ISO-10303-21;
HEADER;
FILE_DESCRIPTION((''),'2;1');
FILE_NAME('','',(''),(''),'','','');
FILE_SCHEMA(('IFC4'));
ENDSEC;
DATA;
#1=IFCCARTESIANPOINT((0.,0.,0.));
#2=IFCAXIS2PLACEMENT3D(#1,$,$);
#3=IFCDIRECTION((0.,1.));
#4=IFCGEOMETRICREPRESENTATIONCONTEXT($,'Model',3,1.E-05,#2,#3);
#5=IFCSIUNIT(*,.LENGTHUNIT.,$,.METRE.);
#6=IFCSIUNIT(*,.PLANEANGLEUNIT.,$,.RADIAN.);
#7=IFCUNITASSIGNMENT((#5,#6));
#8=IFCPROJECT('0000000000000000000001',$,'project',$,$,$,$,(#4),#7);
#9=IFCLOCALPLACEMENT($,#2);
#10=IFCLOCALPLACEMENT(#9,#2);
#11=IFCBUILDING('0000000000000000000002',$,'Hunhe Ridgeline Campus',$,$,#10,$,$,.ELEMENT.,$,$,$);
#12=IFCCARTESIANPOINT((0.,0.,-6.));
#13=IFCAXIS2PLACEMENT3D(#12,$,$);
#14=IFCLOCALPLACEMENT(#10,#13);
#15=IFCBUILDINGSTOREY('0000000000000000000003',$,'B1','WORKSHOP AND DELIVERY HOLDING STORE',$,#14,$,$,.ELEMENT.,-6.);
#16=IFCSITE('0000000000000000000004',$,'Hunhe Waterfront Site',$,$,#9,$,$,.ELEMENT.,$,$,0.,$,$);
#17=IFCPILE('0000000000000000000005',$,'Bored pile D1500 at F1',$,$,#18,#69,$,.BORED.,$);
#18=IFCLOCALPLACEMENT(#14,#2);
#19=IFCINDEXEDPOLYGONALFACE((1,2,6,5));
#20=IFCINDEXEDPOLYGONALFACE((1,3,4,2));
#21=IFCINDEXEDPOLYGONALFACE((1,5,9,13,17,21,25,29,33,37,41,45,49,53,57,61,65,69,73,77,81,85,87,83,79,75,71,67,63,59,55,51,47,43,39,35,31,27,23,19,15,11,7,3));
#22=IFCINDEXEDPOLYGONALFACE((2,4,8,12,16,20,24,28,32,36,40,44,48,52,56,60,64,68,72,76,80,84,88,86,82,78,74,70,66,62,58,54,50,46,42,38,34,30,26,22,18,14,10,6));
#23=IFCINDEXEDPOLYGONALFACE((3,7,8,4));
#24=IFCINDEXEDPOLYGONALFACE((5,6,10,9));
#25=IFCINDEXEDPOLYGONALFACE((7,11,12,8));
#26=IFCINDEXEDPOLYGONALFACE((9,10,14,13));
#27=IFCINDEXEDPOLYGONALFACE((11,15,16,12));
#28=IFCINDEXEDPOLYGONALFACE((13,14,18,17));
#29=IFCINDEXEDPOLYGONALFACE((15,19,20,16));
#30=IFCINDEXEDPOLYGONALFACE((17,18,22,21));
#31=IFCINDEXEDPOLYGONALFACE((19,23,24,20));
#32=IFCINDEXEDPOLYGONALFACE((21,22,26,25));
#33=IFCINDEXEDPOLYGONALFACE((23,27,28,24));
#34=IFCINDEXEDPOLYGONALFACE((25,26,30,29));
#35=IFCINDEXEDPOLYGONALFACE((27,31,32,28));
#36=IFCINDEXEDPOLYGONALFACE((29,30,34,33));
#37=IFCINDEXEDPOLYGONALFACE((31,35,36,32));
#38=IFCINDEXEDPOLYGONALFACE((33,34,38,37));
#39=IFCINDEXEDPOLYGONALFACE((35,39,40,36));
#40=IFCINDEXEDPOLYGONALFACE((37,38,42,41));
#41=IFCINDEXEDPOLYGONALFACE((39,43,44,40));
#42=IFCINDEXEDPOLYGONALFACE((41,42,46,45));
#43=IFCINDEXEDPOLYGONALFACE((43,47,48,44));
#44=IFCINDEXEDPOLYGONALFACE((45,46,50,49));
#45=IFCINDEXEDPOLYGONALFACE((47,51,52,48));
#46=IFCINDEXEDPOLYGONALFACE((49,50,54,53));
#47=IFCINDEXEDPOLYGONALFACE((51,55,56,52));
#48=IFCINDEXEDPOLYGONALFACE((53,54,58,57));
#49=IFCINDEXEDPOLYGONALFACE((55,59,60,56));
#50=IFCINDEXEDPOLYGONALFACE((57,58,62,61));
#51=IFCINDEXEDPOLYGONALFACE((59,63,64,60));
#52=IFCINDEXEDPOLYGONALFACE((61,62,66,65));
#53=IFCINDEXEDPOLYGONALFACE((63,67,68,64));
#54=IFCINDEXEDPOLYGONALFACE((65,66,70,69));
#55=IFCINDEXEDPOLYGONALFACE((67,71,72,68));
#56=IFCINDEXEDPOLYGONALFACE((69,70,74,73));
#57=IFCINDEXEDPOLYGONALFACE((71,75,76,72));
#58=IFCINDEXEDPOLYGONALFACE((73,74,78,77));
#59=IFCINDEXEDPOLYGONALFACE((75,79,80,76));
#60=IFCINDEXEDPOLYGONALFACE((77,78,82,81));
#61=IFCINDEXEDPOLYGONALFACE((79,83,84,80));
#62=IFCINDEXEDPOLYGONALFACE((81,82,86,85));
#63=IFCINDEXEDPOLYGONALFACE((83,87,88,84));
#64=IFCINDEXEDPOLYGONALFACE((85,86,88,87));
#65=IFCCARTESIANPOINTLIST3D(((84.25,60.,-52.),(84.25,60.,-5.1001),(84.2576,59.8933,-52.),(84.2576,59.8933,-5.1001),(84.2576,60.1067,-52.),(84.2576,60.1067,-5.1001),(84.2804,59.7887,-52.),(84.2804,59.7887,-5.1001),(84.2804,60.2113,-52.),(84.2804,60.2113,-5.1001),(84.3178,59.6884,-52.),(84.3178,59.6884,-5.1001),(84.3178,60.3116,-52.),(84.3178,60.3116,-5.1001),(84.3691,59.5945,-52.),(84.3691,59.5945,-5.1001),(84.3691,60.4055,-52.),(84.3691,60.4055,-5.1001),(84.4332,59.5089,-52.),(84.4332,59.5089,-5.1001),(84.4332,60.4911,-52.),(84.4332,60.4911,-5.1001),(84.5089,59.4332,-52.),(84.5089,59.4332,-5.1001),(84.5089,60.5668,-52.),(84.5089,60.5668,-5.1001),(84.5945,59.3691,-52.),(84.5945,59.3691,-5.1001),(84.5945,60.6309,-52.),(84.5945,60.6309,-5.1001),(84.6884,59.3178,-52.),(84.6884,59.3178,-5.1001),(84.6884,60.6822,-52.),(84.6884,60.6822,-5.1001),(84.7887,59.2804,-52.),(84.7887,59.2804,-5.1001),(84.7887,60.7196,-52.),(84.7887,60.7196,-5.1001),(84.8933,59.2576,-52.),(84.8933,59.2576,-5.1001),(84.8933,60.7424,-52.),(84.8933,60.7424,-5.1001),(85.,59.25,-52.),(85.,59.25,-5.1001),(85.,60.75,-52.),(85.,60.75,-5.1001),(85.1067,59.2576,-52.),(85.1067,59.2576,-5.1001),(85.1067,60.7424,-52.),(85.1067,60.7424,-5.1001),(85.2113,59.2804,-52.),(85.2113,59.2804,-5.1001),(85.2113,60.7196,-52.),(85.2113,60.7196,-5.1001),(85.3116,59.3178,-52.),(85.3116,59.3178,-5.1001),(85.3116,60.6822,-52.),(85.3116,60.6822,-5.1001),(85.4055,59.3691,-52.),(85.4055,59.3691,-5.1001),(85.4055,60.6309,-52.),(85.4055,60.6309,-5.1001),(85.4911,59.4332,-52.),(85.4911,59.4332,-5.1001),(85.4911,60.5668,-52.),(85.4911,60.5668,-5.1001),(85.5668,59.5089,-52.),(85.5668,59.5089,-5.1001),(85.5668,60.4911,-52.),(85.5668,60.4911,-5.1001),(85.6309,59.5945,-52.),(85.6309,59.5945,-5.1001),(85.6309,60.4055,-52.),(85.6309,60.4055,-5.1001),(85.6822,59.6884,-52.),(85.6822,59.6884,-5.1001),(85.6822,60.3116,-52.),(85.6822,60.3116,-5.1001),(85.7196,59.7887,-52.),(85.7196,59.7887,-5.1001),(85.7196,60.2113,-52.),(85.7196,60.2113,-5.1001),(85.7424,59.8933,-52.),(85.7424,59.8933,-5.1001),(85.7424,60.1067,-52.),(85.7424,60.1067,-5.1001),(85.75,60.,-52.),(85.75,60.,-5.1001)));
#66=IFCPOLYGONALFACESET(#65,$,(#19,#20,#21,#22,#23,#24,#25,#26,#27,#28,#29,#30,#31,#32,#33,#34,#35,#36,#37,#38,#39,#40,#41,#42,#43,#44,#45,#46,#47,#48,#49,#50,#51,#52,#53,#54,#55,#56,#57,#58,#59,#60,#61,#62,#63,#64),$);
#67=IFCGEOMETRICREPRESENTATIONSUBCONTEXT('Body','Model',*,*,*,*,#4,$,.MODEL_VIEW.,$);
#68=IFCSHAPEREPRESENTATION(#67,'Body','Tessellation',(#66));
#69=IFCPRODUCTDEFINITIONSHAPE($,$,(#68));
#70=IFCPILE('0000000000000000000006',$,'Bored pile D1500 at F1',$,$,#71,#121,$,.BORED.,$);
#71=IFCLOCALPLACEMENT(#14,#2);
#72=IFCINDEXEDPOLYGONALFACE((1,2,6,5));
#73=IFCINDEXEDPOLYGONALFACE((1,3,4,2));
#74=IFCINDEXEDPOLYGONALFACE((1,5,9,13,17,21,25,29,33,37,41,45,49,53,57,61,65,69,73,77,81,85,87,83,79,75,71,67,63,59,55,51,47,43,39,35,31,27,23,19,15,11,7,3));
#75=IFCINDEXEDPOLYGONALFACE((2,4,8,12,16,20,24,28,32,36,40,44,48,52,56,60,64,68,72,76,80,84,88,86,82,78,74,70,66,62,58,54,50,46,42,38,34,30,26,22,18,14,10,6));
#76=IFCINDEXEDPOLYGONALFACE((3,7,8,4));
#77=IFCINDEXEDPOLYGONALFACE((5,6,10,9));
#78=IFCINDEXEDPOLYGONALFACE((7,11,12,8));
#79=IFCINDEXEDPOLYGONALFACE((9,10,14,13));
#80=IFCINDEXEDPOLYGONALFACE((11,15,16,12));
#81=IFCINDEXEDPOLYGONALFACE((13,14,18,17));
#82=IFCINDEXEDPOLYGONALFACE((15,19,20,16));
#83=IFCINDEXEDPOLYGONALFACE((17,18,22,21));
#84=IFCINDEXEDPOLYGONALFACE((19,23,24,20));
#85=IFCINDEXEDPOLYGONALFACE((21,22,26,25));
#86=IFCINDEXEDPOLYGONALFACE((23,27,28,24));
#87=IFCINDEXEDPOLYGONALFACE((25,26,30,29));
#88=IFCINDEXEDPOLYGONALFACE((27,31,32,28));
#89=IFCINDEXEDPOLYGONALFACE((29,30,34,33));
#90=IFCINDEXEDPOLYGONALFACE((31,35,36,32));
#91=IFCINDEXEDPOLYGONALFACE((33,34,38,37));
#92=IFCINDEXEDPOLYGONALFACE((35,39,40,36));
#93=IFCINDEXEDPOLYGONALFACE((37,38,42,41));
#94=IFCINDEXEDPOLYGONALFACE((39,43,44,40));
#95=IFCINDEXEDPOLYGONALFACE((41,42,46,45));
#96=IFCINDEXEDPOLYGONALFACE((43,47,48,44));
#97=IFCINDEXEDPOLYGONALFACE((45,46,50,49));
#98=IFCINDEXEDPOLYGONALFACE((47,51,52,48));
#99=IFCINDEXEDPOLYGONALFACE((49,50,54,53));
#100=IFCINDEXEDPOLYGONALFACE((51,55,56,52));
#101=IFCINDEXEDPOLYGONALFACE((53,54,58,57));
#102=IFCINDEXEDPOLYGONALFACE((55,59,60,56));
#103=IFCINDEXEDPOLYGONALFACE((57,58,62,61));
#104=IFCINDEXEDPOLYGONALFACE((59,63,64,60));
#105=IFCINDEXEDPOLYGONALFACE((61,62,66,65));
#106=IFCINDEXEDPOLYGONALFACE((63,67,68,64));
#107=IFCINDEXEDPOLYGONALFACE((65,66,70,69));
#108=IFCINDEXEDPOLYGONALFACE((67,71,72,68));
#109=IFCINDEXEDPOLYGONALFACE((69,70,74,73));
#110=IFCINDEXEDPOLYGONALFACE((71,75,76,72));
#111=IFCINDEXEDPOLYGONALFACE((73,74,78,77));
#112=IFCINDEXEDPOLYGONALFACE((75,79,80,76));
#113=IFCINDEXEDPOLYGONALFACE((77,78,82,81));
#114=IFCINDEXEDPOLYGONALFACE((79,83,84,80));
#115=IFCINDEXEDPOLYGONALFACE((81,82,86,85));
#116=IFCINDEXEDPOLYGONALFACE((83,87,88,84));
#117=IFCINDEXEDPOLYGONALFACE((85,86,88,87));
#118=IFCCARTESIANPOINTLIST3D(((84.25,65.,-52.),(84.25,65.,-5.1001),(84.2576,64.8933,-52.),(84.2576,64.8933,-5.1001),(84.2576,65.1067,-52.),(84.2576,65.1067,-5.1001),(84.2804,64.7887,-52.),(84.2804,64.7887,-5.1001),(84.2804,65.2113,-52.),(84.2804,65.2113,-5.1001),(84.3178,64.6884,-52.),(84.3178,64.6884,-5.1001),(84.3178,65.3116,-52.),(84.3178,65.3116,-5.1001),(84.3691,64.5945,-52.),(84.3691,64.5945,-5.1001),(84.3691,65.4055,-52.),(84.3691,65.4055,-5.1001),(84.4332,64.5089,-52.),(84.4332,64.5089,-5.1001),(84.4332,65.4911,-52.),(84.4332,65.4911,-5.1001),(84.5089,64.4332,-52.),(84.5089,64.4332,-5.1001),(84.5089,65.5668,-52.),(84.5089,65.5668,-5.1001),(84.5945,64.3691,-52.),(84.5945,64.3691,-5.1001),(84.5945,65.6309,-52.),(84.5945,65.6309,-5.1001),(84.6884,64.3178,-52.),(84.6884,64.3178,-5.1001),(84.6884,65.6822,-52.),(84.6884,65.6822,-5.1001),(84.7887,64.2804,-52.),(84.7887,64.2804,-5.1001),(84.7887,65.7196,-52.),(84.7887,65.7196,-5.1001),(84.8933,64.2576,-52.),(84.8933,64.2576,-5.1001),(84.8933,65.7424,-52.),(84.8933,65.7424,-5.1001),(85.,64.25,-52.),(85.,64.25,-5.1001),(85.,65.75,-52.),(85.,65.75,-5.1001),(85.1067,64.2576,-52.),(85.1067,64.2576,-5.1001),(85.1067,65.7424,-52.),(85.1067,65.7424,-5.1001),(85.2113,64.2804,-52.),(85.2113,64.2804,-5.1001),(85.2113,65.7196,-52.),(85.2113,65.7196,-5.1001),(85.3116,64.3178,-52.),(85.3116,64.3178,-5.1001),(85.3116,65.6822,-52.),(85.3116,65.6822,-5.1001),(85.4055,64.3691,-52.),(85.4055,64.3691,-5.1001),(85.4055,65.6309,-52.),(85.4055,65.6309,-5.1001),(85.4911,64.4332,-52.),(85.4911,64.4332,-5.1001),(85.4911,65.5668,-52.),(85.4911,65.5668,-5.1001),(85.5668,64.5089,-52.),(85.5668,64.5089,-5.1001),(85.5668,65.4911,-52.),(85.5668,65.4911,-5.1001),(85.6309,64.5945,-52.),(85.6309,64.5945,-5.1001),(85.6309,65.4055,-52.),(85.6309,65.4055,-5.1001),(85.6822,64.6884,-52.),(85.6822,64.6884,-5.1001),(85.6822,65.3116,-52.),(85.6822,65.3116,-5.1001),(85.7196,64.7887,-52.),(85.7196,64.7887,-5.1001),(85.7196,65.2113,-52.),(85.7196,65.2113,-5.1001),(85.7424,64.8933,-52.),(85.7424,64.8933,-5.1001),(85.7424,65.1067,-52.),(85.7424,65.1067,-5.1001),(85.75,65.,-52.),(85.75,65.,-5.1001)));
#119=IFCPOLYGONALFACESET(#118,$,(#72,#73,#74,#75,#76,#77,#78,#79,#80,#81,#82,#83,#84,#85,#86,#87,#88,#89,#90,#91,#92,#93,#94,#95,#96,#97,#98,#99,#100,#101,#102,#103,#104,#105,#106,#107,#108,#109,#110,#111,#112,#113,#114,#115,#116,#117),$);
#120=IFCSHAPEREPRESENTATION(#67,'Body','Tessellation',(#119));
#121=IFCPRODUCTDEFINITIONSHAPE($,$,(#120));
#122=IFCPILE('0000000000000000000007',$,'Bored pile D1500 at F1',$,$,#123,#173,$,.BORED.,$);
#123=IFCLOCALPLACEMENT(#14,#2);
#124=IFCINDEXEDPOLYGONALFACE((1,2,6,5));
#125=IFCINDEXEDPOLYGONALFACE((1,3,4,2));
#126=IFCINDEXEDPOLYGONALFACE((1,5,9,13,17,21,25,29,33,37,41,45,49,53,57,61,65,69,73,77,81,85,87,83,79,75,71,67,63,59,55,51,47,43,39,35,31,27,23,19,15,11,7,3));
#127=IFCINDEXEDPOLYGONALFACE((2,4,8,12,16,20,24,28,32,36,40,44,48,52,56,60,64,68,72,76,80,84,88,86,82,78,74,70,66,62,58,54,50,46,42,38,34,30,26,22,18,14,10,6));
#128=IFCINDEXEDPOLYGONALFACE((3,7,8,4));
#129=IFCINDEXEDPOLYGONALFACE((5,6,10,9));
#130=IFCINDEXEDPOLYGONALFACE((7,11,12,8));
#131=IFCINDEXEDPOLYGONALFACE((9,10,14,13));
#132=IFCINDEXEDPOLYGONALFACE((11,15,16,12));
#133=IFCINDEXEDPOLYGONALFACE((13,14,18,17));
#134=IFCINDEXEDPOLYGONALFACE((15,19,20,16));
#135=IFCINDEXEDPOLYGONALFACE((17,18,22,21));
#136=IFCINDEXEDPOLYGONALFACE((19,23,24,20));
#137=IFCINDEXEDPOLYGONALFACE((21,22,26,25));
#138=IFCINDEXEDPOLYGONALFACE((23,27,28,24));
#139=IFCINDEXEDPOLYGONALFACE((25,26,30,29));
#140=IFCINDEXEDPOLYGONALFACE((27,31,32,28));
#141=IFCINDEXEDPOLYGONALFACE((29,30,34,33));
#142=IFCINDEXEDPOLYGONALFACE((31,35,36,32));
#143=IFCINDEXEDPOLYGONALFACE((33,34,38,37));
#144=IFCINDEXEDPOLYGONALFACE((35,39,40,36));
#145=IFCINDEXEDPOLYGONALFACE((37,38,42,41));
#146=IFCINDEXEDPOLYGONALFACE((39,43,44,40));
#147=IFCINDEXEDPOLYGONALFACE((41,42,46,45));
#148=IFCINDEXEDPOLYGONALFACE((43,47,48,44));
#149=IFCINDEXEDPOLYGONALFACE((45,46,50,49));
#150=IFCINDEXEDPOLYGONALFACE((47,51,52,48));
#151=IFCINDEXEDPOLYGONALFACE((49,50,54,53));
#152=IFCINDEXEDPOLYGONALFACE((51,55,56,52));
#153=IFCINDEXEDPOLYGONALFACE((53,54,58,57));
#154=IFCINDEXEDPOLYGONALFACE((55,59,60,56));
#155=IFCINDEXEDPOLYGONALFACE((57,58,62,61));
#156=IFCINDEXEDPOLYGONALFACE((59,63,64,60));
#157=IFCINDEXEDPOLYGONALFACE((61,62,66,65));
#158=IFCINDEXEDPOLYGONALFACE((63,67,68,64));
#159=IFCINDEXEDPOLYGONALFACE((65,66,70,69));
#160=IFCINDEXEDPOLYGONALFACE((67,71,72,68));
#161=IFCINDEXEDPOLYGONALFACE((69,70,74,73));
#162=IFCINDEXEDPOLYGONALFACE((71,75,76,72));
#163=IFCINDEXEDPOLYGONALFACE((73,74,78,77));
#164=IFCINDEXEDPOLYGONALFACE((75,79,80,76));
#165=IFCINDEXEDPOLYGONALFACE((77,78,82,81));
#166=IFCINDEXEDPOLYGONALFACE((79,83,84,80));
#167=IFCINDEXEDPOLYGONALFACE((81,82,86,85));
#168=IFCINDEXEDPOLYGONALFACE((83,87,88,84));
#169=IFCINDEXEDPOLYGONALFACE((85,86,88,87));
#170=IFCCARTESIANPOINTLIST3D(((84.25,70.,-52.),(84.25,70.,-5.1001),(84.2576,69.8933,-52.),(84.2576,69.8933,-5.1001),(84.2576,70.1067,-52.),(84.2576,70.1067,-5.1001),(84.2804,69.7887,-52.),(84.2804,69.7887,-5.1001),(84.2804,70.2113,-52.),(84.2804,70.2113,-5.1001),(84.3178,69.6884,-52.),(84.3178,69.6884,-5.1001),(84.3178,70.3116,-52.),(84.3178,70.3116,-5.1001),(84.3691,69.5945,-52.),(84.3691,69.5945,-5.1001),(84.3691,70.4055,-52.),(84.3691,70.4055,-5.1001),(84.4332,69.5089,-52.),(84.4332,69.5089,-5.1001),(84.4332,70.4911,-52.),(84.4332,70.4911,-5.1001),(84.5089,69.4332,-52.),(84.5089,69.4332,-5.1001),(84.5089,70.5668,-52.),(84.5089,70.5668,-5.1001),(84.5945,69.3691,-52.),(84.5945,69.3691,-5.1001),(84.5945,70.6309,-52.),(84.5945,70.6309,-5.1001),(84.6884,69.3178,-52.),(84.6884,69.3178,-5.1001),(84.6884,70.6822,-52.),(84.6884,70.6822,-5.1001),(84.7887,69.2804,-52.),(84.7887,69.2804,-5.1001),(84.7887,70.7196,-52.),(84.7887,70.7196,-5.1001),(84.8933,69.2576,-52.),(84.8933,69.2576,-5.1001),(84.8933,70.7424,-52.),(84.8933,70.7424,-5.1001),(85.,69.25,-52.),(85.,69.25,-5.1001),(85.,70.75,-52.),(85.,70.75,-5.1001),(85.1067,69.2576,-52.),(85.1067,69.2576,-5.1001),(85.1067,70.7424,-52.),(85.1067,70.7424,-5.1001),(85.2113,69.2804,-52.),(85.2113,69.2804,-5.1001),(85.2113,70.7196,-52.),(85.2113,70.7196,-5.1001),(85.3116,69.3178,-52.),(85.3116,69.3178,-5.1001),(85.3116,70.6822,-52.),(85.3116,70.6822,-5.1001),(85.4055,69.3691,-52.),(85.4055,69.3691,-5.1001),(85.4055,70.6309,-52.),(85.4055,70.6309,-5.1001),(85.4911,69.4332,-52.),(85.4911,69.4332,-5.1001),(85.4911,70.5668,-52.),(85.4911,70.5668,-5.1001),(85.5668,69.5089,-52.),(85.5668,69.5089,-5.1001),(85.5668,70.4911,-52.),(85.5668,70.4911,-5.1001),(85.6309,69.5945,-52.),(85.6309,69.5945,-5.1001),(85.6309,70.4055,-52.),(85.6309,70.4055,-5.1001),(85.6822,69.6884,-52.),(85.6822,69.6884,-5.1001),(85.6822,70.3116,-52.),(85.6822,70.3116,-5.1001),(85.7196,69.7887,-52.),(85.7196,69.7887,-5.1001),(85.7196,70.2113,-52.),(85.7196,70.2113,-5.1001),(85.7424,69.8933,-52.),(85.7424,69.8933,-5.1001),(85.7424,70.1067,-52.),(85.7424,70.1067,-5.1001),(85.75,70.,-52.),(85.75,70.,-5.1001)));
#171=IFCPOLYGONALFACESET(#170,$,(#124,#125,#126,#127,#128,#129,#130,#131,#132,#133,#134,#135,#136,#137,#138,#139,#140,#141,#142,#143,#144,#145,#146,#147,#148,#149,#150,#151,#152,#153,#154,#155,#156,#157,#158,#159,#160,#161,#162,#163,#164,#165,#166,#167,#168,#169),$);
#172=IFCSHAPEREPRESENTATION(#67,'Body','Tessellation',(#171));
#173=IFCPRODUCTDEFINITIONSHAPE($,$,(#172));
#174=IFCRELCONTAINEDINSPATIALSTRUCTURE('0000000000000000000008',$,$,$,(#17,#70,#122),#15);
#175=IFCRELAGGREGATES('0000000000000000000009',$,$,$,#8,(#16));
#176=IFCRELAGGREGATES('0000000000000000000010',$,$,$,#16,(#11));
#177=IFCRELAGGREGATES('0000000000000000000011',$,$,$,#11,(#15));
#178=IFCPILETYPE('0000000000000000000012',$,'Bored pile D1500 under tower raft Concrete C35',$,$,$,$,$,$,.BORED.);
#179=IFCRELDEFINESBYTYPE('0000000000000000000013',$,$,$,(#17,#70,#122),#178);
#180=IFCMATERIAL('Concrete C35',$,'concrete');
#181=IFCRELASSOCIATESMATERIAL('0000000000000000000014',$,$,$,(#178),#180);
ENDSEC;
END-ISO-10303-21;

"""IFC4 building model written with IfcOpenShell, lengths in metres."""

from ifc_helpers import new_model, si_unit, direction, frame, origin, origin_2d, place, context, subcontext, project, spatial, circle, extrude, material, material_profile, profile_set, type_object, element, save


model = new_model("IFC4")

# Units and contexts
model_context = context("Model", 3, precision=1e-05, world=origin(), true_north=direction((0.0, 1.0)))
body_context = subcontext(model_context, "Body", "Model", "MODEL_VIEW")
ifc_project = project(units=[si_unit("LENGTHUNIT", "METRE"), si_unit("PLANEANGLEUNIT", "RADIAN")], contexts=[model_context])

# Site, building, storey
site_placement = place(None, origin())
site = spatial("IfcSite", under=ifc_project, at=site_placement, Name="Hunhe Waterfront Site", CompositionType="ELEMENT", RefElevation=0.0)
building_placement = place(site_placement, origin())
building = spatial("IfcBuilding", under=site, at=building_placement, Name="Hunhe Ridgeline Campus", CompositionType="ELEMENT")
storey_placement = place(building_placement, frame((0.0, 0.0, -6.0)))
storey = spatial("IfcBuildingStorey", under=building, at=storey_placement, Name="B1", Description="WORKSHOP AND DELIVERY HOLDING STORE", CompositionType="ELEMENT", Elevation=-6.0)

# Piles
ifc_material_1 = material(Name="Concrete C35", Category="concrete")
ifc_material_profile_1 = material_profile(ifc_material_1, circle(Radius=0.75, at=origin_2d()))
ifc_profile_set_1 = profile_set([ifc_material_profile_1], Name="Concrete C35")
pile_type = type_object("IfcPileType", Name="Bored pile D1500 under tower raft Concrete C35", PredefinedType="BORED", material=ifc_profile_set_1)
for number, where, z_axis, x_axis, name in (
    (1, (85.0, 60.0, -5.1001), (0.0, 0.0, -1.0), (1.0, 0.0, 0.0), "Bored pile D1500 at F1"),
    (2, (85.0, 65.0, -5.1001), (0.0, 0.0, -1.0), (1.0, 0.0, 0.0), "Bored pile D1500 at F1"),
    (3, (85.0, 70.0, -5.1001), (0.0, 0.0, -1.0), (1.0, 0.0, 0.0), "Bored pile D1500 at F1"),
):
    element("IfcPile", number, at=place(storey_placement, frame(where, z_axis=z_axis, x_axis=x_axis)), inside=storey, type_object=pile_type, Name=name, PredefinedType="BORED", context=body_context, shape_type="SweptSolid", body=[
        extrude(circle(Radius=0.75, at=origin_2d()), origin(), (0.0, 0.0, 1.0), 46.8999),
    ])

save(model, "model.ifc")
